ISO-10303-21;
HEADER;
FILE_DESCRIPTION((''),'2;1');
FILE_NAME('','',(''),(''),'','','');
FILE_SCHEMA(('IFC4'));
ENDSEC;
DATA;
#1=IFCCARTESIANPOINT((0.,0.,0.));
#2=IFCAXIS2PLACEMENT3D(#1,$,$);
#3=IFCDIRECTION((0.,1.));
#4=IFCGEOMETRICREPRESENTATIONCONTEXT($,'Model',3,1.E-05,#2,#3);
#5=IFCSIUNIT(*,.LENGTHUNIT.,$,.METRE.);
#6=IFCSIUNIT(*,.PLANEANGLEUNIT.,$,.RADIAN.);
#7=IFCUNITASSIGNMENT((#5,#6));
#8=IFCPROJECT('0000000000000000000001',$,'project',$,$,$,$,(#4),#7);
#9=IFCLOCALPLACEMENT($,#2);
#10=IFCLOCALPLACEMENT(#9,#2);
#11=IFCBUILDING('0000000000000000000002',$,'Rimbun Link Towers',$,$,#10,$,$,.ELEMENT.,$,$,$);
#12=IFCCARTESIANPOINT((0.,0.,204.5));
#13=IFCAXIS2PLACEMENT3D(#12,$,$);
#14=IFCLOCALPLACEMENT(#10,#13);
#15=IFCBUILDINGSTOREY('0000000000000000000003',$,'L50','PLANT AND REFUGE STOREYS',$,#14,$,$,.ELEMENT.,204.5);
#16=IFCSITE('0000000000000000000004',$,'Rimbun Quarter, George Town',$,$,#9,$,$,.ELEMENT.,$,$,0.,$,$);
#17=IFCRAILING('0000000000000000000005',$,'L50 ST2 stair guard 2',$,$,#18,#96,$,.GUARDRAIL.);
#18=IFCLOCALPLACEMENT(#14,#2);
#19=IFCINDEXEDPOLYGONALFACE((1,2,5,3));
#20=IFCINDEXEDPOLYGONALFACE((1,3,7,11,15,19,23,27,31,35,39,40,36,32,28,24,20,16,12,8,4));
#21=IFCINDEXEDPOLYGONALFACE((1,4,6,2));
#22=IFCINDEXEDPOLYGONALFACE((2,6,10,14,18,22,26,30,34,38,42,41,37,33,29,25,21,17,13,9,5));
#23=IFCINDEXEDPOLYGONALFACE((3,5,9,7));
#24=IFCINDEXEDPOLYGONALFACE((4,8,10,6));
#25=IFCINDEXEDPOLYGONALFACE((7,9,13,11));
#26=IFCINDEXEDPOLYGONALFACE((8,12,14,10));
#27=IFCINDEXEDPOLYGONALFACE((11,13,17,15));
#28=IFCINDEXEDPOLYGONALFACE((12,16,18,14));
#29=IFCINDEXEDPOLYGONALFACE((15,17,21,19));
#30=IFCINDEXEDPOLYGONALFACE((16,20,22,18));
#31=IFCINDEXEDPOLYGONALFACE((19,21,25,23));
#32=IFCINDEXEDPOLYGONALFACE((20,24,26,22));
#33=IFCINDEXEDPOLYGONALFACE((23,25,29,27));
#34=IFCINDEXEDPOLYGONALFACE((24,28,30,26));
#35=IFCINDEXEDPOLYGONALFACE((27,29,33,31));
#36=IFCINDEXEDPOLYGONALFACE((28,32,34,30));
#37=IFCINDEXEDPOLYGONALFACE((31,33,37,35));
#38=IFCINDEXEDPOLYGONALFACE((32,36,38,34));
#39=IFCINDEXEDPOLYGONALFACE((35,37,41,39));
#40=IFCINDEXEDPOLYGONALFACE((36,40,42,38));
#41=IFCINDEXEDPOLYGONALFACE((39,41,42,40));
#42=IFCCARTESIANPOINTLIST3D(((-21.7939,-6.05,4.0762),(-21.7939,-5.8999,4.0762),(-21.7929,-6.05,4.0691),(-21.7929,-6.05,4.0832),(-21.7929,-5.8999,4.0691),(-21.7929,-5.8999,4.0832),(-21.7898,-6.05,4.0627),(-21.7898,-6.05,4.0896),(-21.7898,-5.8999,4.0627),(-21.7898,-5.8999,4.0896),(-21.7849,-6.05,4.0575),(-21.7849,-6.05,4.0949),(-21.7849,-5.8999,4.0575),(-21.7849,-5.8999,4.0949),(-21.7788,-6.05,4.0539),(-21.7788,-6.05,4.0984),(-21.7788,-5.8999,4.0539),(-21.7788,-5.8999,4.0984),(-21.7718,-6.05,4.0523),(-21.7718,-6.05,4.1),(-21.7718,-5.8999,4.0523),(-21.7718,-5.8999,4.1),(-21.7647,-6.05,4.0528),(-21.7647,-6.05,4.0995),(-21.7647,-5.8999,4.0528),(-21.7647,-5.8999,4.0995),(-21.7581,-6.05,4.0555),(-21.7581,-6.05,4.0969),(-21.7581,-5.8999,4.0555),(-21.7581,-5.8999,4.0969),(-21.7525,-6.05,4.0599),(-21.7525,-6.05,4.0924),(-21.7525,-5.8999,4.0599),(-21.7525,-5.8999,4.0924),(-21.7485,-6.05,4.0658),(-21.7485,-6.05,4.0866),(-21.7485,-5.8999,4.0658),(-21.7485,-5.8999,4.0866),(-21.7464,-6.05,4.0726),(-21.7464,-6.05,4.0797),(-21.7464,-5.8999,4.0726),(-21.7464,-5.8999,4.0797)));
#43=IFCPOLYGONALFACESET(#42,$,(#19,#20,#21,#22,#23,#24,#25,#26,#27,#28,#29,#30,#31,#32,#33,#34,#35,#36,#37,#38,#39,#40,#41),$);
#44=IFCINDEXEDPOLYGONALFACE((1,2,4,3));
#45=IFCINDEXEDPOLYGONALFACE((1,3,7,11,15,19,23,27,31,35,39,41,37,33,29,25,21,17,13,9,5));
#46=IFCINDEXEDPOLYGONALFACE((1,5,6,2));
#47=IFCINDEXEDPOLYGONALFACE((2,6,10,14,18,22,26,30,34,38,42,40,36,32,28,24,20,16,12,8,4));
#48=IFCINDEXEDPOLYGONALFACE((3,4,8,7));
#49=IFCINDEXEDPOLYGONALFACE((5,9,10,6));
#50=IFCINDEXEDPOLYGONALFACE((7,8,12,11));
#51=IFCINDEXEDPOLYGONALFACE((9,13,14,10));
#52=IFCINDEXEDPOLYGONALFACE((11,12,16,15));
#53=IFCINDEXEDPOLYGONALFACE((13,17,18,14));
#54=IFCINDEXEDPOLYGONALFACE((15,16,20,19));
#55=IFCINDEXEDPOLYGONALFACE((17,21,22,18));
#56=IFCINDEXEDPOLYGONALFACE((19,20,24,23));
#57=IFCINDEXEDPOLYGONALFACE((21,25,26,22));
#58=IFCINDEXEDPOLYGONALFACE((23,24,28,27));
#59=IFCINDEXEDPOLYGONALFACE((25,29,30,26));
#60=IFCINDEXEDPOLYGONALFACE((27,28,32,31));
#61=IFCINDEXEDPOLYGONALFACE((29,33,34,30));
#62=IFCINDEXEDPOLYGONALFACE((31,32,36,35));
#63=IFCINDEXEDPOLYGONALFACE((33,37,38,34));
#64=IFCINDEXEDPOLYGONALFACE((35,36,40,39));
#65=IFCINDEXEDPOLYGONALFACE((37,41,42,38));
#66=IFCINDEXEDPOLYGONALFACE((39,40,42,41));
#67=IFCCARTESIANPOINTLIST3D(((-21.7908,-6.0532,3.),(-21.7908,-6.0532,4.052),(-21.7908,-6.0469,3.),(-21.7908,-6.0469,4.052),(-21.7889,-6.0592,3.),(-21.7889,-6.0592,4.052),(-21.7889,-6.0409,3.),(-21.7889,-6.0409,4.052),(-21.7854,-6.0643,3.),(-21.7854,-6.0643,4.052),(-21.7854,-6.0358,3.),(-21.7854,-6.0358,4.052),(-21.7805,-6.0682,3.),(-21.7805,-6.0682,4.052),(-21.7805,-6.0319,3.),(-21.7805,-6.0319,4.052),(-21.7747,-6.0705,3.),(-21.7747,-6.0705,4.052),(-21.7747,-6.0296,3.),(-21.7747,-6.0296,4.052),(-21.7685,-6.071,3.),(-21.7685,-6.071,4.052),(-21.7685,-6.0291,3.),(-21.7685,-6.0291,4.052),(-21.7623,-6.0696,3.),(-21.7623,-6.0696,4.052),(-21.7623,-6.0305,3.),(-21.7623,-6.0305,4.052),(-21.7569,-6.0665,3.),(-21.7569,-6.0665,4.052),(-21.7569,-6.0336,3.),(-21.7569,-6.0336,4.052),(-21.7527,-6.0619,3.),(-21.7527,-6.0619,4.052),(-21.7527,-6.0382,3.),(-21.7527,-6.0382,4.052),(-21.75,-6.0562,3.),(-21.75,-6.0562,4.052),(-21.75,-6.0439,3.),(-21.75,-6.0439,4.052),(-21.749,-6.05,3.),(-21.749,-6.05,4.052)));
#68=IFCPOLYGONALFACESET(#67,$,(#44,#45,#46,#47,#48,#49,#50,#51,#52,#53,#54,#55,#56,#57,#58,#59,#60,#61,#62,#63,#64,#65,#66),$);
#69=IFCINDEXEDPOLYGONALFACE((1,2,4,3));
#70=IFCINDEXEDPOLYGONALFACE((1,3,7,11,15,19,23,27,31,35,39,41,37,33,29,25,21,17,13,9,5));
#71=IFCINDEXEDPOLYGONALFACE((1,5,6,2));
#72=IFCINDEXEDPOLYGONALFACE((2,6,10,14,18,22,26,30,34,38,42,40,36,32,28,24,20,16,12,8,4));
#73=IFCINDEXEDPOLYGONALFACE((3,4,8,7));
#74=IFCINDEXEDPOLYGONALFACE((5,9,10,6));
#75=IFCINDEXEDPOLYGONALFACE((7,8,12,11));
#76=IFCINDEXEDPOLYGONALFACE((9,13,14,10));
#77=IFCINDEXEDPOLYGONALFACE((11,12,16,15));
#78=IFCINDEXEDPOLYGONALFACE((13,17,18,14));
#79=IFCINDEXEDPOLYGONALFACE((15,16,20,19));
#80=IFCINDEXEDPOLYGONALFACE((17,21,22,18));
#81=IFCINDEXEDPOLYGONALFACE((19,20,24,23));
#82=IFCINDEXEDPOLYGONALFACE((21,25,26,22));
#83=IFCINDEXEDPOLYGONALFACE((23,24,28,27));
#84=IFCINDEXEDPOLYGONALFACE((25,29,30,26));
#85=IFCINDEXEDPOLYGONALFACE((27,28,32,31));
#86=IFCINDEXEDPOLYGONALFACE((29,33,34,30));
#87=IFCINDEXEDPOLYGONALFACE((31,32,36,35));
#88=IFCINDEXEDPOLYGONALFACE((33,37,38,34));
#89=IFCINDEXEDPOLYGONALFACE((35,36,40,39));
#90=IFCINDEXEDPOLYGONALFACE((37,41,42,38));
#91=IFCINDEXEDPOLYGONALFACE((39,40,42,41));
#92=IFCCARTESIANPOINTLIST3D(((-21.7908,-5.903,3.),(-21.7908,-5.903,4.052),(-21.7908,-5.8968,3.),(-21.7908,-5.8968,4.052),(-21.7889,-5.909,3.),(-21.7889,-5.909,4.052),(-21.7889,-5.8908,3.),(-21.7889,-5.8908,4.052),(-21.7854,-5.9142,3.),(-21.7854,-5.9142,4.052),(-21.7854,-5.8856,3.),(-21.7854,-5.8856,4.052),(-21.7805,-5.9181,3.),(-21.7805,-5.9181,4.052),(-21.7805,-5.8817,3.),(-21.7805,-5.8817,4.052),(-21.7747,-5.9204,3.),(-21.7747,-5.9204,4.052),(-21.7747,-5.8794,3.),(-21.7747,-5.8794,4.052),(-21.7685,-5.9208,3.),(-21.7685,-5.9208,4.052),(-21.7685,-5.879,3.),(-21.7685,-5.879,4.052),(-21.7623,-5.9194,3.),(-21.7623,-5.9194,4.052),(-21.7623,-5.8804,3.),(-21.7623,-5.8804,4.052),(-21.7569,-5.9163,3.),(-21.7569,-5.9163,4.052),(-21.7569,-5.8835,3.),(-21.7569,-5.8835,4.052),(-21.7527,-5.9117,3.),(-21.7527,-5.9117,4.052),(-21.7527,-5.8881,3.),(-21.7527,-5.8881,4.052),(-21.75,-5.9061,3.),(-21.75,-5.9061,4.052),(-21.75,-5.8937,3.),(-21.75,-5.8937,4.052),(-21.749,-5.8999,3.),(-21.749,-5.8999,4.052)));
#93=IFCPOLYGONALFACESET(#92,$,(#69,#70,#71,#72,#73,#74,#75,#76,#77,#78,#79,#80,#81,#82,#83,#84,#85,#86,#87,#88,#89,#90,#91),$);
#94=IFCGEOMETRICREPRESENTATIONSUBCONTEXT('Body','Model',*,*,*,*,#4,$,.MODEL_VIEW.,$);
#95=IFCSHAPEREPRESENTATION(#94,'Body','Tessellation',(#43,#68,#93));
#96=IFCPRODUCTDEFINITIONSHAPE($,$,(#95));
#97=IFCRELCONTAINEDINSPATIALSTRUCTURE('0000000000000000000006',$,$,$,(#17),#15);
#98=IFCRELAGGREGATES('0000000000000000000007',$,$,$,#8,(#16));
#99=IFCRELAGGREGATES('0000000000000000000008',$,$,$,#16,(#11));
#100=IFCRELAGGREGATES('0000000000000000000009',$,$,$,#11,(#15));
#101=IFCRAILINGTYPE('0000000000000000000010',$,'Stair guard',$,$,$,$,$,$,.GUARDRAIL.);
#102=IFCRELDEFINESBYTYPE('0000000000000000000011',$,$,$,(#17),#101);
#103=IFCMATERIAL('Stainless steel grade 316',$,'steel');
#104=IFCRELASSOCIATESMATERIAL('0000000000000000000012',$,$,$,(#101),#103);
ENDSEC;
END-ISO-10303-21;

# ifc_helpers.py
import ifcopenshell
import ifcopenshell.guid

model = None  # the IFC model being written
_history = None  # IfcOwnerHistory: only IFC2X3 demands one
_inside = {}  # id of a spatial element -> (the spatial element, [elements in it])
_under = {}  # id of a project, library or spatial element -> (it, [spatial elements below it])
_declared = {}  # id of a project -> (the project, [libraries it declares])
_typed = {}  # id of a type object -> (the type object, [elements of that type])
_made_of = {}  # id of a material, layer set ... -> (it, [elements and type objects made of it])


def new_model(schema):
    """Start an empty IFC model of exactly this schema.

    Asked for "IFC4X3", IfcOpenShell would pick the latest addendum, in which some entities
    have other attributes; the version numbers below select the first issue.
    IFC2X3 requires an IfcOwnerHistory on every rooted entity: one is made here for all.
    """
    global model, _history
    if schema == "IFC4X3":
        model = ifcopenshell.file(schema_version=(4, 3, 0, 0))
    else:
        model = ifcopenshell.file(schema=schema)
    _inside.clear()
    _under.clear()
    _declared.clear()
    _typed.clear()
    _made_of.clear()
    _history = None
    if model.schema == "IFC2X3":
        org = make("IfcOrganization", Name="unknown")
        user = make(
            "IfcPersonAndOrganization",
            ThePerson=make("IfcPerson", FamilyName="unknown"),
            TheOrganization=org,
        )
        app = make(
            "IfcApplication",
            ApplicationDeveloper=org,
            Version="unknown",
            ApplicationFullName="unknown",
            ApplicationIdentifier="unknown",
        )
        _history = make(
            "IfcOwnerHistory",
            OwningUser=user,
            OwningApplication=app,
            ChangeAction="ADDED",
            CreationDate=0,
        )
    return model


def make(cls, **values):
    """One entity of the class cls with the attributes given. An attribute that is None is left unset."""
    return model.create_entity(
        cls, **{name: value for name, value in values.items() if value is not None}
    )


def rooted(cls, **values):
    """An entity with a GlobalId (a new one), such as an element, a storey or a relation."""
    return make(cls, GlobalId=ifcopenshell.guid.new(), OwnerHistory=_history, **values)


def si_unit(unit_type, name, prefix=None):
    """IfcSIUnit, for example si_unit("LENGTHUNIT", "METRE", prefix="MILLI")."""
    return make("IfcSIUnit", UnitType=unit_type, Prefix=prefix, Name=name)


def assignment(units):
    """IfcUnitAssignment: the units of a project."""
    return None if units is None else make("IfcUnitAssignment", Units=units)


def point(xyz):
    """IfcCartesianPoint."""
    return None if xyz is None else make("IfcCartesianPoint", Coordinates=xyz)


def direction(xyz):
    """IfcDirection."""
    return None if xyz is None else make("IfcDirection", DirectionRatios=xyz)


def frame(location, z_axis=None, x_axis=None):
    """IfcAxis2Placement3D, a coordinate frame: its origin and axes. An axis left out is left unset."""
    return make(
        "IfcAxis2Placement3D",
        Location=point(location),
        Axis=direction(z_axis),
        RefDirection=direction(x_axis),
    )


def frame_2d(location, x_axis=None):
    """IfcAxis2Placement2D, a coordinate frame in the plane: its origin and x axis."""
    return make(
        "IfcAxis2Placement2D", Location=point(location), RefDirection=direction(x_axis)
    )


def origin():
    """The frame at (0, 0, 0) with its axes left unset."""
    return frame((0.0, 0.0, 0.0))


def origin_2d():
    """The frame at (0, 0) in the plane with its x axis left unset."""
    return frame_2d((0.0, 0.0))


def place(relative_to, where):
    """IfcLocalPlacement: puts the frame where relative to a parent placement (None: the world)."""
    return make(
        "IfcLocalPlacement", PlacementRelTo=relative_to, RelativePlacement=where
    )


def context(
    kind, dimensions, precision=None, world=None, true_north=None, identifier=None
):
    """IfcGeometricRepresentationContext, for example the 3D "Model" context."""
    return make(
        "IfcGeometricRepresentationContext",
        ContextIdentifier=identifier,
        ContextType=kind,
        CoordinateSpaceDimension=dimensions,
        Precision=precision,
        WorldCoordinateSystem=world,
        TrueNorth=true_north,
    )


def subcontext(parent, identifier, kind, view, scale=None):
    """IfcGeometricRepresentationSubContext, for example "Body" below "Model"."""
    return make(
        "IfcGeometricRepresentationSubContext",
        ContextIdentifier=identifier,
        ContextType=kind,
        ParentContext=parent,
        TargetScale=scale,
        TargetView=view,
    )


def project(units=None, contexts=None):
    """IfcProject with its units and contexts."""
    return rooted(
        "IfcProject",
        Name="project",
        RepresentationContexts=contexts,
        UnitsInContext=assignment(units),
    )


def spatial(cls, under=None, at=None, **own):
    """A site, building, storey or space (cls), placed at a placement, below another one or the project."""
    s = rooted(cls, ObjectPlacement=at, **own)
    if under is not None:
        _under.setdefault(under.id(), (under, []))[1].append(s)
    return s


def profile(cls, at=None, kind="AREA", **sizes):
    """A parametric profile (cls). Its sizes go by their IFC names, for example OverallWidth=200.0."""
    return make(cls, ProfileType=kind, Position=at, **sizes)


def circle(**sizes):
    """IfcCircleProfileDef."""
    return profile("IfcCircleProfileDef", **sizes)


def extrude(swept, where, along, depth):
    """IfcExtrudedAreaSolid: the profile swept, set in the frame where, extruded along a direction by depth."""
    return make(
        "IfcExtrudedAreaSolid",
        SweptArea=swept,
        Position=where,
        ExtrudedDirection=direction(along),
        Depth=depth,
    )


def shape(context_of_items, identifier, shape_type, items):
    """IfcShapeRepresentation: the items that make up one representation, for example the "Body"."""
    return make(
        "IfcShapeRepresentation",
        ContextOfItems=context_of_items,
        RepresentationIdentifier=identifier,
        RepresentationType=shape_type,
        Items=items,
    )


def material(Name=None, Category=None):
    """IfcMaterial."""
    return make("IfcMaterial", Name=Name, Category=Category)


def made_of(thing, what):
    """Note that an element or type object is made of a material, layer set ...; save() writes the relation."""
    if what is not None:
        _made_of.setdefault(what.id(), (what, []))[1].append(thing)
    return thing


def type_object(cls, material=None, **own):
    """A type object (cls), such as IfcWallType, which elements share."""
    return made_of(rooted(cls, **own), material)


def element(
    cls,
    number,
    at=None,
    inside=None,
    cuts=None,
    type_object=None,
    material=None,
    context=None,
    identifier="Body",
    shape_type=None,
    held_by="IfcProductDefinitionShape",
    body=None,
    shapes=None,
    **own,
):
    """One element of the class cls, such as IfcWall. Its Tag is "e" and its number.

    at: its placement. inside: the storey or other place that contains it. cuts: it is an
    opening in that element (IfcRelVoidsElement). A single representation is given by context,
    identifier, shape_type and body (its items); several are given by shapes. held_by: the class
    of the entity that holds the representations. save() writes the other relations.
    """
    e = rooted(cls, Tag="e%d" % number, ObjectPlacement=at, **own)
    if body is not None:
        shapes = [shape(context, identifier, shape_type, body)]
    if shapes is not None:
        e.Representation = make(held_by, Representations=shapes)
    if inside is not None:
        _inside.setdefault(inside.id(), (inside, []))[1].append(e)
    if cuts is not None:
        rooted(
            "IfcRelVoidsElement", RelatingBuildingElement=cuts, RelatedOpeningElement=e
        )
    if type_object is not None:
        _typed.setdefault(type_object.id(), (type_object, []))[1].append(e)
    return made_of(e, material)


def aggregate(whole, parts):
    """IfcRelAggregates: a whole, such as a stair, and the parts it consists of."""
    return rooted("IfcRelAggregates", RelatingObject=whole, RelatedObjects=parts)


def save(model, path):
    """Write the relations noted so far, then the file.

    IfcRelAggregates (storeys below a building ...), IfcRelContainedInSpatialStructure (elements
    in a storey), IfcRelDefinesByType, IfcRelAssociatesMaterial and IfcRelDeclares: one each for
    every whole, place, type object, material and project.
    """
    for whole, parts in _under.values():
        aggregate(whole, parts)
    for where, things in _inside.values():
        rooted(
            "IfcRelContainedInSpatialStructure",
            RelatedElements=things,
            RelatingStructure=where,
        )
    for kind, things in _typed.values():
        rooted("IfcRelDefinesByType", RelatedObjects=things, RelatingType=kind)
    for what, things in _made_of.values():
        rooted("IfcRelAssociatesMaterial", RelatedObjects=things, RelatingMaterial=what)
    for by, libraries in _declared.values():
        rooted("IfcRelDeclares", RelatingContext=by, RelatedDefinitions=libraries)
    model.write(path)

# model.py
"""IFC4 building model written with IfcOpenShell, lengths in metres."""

from ifc_helpers import new_model, si_unit, direction, frame, origin, origin_2d, place, context, subcontext, project, spatial, circle, extrude, material, type_object, element, save


model = new_model("IFC4")

# Units and contexts
model_context = context("Model", 3, precision=1e-05, world=origin(), true_north=direction((0.0, 1.0)))
body_context = subcontext(model_context, "Body", "Model", "MODEL_VIEW")
ifc_project = project(units=[si_unit("LENGTHUNIT", "METRE"), si_unit("PLANEANGLEUNIT", "RADIAN")], contexts=[model_context])

# Site, building, storey
site_placement = place(None, origin())
site = spatial("IfcSite", under=ifc_project, at=site_placement, Name="Rimbun Quarter, George Town", CompositionType="ELEMENT", RefElevation=0.0)
building_placement = place(site_placement, origin())
building = spatial("IfcBuilding", under=site, at=building_placement, Name="Rimbun Link Towers", CompositionType="ELEMENT")
storey_placement = place(building_placement, frame((0.0, 0.0, 204.5)))
storey = spatial("IfcBuildingStorey", under=building, at=storey_placement, Name="L50", Description="PLANT AND REFUGE STOREYS", CompositionType="ELEMENT", Elevation=204.5)

# Railing
ifc_material_1 = material(Name="Stainless steel grade 316", Category="steel")
railing_type_1 = type_object("IfcRailingType", Name="Stair guard", PredefinedType="GUARDRAIL", material=ifc_material_1)
railing_1_placement = place(storey_placement, frame((-21.77, -6.05, 3.0)))
element("IfcRailing", 1, at=railing_1_placement, inside=storey, type_object=railing_type_1, Name="L50 ST2 stair guard 2", PredefinedType="GUARDRAIL", context=body_context, shape_type="SweptSolid", body=[
    extrude(circle(Radius=0.0239, at=origin_2d()), frame((0.0, 0.0, 1.0762), z_axis=(0.0, 1.0, 0.0), x_axis=(-1.0, 0.0, 0.0)), (0.0, 0.0, 1.0), 0.1501),
    extrude(circle(Radius=0.021, at=origin_2d()), origin(), (0.0, 0.0, 1.0), 1.052),
    extrude(circle(Radius=0.021, at=origin_2d()), frame((0.0, 0.1501, 0.0)), (0.0, 0.0, 1.0), 1.052),
])

save(model, "model.ifc")
